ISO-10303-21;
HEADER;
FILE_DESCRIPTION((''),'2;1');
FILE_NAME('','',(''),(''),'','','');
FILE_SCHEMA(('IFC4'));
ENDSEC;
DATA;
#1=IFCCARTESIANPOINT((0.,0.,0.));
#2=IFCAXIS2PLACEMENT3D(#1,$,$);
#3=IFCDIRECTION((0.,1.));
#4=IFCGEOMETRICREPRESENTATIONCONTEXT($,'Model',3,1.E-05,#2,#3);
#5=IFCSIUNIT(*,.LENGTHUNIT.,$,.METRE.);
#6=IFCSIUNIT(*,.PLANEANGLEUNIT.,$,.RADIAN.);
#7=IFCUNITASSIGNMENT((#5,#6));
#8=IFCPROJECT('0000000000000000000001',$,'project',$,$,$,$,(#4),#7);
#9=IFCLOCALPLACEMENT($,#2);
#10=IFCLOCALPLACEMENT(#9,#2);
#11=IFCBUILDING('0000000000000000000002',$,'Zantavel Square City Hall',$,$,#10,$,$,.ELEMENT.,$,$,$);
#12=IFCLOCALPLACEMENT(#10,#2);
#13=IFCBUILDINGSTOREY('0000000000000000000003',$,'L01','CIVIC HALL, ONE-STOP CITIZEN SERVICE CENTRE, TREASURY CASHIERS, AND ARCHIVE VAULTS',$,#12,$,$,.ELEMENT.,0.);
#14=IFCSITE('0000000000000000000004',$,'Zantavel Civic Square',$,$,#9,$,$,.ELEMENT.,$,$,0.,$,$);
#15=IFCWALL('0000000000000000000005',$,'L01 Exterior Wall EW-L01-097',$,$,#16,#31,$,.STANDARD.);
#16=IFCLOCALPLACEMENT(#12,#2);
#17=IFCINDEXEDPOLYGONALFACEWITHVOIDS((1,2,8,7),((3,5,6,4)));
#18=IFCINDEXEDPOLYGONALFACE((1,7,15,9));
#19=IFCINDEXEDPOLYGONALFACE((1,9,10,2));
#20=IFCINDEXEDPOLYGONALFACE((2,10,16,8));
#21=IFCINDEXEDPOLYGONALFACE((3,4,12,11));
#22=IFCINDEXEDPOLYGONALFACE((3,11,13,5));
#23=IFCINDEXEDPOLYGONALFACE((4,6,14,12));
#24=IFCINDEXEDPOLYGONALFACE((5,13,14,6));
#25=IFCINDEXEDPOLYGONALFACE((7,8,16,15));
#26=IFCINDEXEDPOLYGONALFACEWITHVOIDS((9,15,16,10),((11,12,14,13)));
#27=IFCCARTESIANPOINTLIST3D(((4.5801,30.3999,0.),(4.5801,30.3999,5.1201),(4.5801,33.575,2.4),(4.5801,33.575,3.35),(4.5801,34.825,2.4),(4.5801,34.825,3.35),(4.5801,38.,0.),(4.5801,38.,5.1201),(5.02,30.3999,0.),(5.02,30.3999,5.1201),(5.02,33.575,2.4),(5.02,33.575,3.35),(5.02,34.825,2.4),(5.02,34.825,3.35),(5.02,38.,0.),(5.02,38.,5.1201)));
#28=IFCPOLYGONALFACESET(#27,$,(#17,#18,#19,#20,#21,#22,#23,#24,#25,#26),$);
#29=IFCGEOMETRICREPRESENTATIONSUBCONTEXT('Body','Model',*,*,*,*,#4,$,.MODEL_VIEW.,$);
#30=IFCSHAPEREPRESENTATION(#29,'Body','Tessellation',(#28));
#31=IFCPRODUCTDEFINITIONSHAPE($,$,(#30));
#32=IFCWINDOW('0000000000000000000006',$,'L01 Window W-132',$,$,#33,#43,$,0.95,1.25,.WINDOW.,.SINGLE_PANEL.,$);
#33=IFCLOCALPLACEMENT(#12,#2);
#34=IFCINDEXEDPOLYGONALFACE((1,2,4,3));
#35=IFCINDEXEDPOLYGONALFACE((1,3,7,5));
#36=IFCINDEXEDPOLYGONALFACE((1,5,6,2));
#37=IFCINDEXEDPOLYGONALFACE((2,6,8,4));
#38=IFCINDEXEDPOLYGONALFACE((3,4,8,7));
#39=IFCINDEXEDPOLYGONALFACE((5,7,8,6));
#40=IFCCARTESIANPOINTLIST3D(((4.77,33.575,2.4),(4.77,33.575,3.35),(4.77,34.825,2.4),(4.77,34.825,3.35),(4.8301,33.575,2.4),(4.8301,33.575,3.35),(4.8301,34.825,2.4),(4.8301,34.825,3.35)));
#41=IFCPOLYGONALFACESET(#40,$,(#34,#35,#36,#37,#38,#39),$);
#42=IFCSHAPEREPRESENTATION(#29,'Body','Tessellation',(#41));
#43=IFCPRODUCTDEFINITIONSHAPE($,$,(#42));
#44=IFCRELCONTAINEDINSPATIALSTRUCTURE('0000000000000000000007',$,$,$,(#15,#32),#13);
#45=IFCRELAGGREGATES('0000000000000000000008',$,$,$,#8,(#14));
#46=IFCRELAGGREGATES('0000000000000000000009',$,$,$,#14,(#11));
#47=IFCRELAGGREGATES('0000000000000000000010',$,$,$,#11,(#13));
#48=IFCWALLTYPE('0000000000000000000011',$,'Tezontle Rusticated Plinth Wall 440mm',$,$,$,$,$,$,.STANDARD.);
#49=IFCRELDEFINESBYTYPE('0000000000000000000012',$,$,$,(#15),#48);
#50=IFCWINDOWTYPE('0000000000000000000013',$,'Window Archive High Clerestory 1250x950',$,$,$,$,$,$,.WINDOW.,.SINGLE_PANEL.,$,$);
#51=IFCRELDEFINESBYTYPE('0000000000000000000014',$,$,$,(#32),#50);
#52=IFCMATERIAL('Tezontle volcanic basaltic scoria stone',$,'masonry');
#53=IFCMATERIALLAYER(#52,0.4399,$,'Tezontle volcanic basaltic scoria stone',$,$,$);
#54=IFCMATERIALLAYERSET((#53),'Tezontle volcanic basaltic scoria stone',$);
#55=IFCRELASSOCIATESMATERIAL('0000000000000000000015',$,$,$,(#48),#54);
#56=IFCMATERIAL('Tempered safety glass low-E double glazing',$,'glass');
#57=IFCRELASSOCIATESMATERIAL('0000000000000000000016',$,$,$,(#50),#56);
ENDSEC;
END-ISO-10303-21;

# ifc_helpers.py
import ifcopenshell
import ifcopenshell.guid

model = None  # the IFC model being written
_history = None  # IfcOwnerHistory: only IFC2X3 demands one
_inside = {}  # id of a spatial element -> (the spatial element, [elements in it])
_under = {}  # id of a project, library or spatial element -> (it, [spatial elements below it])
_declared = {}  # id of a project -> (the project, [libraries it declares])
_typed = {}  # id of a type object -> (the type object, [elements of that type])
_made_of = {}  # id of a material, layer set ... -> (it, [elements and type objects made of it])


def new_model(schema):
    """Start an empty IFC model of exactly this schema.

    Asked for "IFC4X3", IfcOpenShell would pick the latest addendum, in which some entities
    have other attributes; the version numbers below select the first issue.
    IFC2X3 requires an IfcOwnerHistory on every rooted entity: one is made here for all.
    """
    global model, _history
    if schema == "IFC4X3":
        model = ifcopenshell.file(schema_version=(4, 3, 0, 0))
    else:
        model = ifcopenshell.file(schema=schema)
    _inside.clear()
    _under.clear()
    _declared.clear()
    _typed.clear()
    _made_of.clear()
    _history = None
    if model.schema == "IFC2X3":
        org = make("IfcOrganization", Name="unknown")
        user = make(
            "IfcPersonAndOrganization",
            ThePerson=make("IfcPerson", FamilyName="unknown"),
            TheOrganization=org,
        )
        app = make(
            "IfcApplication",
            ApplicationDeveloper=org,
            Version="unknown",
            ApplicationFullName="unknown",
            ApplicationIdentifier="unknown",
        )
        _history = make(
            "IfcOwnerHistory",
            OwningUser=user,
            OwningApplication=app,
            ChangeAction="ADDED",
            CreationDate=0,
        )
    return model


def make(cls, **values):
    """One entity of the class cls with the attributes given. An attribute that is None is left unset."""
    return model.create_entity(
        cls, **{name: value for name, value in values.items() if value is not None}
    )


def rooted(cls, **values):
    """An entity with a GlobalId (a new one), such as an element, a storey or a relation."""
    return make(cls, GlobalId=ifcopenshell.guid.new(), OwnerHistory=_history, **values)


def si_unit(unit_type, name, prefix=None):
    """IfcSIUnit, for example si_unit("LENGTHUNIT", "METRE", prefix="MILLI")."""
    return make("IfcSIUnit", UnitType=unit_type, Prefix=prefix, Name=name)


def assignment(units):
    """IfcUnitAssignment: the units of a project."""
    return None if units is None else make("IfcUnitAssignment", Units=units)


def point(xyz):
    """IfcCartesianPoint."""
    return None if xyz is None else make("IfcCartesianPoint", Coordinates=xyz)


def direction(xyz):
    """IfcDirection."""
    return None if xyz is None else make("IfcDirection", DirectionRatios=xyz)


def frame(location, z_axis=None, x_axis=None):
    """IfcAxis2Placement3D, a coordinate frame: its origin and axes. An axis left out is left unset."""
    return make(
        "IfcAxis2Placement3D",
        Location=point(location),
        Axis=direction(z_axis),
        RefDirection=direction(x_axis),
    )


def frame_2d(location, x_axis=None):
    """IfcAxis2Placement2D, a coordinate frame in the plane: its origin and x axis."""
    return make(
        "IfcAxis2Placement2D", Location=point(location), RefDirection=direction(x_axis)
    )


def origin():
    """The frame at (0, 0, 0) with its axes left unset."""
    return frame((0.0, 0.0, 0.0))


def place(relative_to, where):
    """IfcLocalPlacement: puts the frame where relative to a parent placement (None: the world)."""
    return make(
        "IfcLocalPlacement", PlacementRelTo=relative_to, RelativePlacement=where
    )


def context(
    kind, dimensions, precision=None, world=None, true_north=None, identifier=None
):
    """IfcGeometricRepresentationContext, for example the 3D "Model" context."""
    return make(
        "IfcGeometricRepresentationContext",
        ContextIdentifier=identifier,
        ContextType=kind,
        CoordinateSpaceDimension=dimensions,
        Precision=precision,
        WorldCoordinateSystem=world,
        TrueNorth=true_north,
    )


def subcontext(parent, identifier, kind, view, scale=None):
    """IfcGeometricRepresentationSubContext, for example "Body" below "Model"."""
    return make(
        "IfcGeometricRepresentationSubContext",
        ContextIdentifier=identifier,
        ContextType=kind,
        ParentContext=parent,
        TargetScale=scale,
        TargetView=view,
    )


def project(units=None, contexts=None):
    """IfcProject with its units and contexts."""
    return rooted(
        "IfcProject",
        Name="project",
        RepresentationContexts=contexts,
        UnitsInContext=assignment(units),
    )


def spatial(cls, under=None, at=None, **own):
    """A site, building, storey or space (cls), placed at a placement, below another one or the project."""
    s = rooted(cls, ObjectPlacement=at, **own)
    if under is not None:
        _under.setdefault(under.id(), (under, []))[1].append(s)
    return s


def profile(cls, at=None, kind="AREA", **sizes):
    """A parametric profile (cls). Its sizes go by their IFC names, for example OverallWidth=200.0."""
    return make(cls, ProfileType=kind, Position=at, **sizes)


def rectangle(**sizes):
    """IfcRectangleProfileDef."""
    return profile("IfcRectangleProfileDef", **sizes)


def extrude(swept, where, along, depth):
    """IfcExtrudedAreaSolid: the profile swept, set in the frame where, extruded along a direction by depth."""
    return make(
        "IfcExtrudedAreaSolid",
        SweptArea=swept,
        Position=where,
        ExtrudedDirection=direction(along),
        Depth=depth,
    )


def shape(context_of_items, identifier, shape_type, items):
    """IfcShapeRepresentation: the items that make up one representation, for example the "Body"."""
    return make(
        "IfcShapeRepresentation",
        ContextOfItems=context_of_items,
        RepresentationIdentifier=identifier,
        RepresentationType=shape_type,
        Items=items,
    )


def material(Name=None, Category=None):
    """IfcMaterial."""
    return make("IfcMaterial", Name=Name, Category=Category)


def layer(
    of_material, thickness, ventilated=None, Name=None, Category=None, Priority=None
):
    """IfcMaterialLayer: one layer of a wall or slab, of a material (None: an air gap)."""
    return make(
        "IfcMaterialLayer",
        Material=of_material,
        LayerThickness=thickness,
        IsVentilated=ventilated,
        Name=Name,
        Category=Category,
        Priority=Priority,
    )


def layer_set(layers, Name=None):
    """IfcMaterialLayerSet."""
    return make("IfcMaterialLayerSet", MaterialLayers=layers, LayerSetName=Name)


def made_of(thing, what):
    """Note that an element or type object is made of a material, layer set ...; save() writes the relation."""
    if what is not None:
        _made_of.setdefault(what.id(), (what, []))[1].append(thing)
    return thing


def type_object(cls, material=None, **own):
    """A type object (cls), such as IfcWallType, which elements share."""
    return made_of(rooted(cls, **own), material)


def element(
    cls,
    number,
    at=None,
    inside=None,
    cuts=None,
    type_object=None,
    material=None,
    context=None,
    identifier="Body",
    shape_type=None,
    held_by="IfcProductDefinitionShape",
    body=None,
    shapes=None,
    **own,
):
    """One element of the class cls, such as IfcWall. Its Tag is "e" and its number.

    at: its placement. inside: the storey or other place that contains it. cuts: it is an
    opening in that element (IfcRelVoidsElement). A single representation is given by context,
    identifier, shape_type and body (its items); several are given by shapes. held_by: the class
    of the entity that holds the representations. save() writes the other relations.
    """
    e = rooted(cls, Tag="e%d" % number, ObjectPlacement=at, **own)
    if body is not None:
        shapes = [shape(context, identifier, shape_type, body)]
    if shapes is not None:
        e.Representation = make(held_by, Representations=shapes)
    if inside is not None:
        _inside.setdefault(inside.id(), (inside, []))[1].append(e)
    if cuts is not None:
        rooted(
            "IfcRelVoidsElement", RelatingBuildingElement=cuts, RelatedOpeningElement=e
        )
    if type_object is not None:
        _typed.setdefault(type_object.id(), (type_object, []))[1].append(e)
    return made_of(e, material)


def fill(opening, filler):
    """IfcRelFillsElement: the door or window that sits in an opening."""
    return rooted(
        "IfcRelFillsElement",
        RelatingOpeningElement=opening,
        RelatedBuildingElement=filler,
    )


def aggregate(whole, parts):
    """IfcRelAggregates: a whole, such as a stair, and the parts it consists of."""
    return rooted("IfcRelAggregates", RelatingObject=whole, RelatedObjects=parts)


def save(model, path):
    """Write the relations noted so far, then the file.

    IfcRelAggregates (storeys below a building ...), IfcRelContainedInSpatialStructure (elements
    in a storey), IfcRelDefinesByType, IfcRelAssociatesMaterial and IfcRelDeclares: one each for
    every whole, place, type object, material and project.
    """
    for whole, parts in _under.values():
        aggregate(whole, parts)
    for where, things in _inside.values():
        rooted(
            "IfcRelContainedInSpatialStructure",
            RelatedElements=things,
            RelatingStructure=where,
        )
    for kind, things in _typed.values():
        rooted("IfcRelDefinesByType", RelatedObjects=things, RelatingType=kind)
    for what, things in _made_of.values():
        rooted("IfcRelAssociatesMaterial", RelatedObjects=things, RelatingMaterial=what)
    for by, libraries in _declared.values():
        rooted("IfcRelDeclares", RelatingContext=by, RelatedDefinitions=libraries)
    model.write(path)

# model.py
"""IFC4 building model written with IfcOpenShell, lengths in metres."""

from ifc_helpers import new_model, si_unit, direction, frame, frame_2d, origin, place, context, subcontext, project, spatial, rectangle, extrude, material, layer, layer_set, type_object, element, fill, save


model = new_model("IFC4")

# Units and contexts
model_context = context("Model", 3, precision=1e-05, world=origin(), true_north=direction((0.0, 1.0)))
body_context = subcontext(model_context, "Body", "Model", "MODEL_VIEW")
ifc_project = project(units=[si_unit("LENGTHUNIT", "METRE"), si_unit("PLANEANGLEUNIT", "RADIAN")], contexts=[model_context])

# Site, building, storey
site_placement = place(None, origin())
site = spatial("IfcSite", under=ifc_project, at=site_placement, Name="Zantavel Civic Square", CompositionType="ELEMENT", RefElevation=0.0)
building_placement = place(site_placement, origin())
building = spatial("IfcBuilding", under=site, at=building_placement, Name="Zantavel Square City Hall", CompositionType="ELEMENT")
storey_placement = place(building_placement, origin())
storey = spatial("IfcBuildingStorey", under=building, at=storey_placement, Name="L01", Description="CIVIC HALL, ONE-STOP CITIZEN SERVICE CENTRE, TREASURY CASHIERS, AND ARCHIVE VAULTS", CompositionType="ELEMENT", Elevation=0.0)

# Wall, opening, window
ifc_material_1 = material(Name="Tezontle volcanic basaltic scoria stone", Category="masonry")
ifc_layer_1 = layer(ifc_material_1, 0.4399, Name="Tezontle volcanic basaltic scoria stone")
ifc_layer_set_1 = layer_set([ifc_layer_1], Name="Tezontle volcanic basaltic scoria stone")
wall_type_1 = type_object("IfcWallType", Name="Tezontle Rusticated Plinth Wall 440mm", PredefinedType="STANDARD", material=ifc_layer_set_1)
ifc_material_2 = material(Name="Tempered safety glass low-E double glazing", Category="glass")
window_type = type_object("IfcWindowType", Name="Window Archive High Clerestory 1250x950", PartitioningType="SINGLE_PANEL", PredefinedType="WINDOW", material=ifc_material_2)
wall_1_placement = place(storey_placement, frame((4.8, 30.3999, 0.0), z_axis=(0.0, 0.0, 1.0), x_axis=(0.0, 1.0, 0.0)))
wall_1 = element("IfcWall", 1, at=wall_1_placement, inside=storey, type_object=wall_type_1, Name="L01 Exterior Wall EW-L01-097", PredefinedType="STANDARD", context=body_context, shape_type="SweptSolid", body=[
    extrude(rectangle(XDim=7.6001, YDim=0.4399, at=frame_2d((3.8, 0.0))), origin(), (0.0, 0.0, 1.0), 5.1201),
])
opening_1_placement = place(wall_1_placement, frame((3.175, 0.0, 2.3999)))
opening_1 = element("IfcOpeningElement", 2, at=opening_1_placement, cuts=wall_1, PredefinedType="OPENING", context=body_context, shape_type="SweptSolid", body=[
    extrude(rectangle(XDim=1.25, YDim=0.95, at=frame_2d((0.625, 0.4751))), frame((0.0, 0.23, 0.0), z_axis=(0.0, -1.0, 0.0), x_axis=(1.0, 0.0, 0.0)), (0.0, 0.0, 1.0), 0.46),
])
window_1_placement = place(opening_1_placement, origin())
window_1 = element("IfcWindow", 3, at=window_1_placement, inside=storey, type_object=window_type, Name="L01 Window W-132", OverallHeight=0.95, OverallWidth=1.25, PartitioningType="SINGLE_PANEL", PredefinedType="WINDOW", context=body_context, shape_type="SweptSolid", body=[
    extrude(rectangle(XDim=1.25, YDim=0.95, at=frame_2d((0.625, 0.4751))), frame((0.0, 0.03, 0.0), z_axis=(0.0, -1.0, 0.0), x_axis=(1.0, 0.0, 0.0)), (0.0, 0.0, 1.0), 0.0601),
])
fill(opening_1, window_1)

save(model, "model.ifc")
